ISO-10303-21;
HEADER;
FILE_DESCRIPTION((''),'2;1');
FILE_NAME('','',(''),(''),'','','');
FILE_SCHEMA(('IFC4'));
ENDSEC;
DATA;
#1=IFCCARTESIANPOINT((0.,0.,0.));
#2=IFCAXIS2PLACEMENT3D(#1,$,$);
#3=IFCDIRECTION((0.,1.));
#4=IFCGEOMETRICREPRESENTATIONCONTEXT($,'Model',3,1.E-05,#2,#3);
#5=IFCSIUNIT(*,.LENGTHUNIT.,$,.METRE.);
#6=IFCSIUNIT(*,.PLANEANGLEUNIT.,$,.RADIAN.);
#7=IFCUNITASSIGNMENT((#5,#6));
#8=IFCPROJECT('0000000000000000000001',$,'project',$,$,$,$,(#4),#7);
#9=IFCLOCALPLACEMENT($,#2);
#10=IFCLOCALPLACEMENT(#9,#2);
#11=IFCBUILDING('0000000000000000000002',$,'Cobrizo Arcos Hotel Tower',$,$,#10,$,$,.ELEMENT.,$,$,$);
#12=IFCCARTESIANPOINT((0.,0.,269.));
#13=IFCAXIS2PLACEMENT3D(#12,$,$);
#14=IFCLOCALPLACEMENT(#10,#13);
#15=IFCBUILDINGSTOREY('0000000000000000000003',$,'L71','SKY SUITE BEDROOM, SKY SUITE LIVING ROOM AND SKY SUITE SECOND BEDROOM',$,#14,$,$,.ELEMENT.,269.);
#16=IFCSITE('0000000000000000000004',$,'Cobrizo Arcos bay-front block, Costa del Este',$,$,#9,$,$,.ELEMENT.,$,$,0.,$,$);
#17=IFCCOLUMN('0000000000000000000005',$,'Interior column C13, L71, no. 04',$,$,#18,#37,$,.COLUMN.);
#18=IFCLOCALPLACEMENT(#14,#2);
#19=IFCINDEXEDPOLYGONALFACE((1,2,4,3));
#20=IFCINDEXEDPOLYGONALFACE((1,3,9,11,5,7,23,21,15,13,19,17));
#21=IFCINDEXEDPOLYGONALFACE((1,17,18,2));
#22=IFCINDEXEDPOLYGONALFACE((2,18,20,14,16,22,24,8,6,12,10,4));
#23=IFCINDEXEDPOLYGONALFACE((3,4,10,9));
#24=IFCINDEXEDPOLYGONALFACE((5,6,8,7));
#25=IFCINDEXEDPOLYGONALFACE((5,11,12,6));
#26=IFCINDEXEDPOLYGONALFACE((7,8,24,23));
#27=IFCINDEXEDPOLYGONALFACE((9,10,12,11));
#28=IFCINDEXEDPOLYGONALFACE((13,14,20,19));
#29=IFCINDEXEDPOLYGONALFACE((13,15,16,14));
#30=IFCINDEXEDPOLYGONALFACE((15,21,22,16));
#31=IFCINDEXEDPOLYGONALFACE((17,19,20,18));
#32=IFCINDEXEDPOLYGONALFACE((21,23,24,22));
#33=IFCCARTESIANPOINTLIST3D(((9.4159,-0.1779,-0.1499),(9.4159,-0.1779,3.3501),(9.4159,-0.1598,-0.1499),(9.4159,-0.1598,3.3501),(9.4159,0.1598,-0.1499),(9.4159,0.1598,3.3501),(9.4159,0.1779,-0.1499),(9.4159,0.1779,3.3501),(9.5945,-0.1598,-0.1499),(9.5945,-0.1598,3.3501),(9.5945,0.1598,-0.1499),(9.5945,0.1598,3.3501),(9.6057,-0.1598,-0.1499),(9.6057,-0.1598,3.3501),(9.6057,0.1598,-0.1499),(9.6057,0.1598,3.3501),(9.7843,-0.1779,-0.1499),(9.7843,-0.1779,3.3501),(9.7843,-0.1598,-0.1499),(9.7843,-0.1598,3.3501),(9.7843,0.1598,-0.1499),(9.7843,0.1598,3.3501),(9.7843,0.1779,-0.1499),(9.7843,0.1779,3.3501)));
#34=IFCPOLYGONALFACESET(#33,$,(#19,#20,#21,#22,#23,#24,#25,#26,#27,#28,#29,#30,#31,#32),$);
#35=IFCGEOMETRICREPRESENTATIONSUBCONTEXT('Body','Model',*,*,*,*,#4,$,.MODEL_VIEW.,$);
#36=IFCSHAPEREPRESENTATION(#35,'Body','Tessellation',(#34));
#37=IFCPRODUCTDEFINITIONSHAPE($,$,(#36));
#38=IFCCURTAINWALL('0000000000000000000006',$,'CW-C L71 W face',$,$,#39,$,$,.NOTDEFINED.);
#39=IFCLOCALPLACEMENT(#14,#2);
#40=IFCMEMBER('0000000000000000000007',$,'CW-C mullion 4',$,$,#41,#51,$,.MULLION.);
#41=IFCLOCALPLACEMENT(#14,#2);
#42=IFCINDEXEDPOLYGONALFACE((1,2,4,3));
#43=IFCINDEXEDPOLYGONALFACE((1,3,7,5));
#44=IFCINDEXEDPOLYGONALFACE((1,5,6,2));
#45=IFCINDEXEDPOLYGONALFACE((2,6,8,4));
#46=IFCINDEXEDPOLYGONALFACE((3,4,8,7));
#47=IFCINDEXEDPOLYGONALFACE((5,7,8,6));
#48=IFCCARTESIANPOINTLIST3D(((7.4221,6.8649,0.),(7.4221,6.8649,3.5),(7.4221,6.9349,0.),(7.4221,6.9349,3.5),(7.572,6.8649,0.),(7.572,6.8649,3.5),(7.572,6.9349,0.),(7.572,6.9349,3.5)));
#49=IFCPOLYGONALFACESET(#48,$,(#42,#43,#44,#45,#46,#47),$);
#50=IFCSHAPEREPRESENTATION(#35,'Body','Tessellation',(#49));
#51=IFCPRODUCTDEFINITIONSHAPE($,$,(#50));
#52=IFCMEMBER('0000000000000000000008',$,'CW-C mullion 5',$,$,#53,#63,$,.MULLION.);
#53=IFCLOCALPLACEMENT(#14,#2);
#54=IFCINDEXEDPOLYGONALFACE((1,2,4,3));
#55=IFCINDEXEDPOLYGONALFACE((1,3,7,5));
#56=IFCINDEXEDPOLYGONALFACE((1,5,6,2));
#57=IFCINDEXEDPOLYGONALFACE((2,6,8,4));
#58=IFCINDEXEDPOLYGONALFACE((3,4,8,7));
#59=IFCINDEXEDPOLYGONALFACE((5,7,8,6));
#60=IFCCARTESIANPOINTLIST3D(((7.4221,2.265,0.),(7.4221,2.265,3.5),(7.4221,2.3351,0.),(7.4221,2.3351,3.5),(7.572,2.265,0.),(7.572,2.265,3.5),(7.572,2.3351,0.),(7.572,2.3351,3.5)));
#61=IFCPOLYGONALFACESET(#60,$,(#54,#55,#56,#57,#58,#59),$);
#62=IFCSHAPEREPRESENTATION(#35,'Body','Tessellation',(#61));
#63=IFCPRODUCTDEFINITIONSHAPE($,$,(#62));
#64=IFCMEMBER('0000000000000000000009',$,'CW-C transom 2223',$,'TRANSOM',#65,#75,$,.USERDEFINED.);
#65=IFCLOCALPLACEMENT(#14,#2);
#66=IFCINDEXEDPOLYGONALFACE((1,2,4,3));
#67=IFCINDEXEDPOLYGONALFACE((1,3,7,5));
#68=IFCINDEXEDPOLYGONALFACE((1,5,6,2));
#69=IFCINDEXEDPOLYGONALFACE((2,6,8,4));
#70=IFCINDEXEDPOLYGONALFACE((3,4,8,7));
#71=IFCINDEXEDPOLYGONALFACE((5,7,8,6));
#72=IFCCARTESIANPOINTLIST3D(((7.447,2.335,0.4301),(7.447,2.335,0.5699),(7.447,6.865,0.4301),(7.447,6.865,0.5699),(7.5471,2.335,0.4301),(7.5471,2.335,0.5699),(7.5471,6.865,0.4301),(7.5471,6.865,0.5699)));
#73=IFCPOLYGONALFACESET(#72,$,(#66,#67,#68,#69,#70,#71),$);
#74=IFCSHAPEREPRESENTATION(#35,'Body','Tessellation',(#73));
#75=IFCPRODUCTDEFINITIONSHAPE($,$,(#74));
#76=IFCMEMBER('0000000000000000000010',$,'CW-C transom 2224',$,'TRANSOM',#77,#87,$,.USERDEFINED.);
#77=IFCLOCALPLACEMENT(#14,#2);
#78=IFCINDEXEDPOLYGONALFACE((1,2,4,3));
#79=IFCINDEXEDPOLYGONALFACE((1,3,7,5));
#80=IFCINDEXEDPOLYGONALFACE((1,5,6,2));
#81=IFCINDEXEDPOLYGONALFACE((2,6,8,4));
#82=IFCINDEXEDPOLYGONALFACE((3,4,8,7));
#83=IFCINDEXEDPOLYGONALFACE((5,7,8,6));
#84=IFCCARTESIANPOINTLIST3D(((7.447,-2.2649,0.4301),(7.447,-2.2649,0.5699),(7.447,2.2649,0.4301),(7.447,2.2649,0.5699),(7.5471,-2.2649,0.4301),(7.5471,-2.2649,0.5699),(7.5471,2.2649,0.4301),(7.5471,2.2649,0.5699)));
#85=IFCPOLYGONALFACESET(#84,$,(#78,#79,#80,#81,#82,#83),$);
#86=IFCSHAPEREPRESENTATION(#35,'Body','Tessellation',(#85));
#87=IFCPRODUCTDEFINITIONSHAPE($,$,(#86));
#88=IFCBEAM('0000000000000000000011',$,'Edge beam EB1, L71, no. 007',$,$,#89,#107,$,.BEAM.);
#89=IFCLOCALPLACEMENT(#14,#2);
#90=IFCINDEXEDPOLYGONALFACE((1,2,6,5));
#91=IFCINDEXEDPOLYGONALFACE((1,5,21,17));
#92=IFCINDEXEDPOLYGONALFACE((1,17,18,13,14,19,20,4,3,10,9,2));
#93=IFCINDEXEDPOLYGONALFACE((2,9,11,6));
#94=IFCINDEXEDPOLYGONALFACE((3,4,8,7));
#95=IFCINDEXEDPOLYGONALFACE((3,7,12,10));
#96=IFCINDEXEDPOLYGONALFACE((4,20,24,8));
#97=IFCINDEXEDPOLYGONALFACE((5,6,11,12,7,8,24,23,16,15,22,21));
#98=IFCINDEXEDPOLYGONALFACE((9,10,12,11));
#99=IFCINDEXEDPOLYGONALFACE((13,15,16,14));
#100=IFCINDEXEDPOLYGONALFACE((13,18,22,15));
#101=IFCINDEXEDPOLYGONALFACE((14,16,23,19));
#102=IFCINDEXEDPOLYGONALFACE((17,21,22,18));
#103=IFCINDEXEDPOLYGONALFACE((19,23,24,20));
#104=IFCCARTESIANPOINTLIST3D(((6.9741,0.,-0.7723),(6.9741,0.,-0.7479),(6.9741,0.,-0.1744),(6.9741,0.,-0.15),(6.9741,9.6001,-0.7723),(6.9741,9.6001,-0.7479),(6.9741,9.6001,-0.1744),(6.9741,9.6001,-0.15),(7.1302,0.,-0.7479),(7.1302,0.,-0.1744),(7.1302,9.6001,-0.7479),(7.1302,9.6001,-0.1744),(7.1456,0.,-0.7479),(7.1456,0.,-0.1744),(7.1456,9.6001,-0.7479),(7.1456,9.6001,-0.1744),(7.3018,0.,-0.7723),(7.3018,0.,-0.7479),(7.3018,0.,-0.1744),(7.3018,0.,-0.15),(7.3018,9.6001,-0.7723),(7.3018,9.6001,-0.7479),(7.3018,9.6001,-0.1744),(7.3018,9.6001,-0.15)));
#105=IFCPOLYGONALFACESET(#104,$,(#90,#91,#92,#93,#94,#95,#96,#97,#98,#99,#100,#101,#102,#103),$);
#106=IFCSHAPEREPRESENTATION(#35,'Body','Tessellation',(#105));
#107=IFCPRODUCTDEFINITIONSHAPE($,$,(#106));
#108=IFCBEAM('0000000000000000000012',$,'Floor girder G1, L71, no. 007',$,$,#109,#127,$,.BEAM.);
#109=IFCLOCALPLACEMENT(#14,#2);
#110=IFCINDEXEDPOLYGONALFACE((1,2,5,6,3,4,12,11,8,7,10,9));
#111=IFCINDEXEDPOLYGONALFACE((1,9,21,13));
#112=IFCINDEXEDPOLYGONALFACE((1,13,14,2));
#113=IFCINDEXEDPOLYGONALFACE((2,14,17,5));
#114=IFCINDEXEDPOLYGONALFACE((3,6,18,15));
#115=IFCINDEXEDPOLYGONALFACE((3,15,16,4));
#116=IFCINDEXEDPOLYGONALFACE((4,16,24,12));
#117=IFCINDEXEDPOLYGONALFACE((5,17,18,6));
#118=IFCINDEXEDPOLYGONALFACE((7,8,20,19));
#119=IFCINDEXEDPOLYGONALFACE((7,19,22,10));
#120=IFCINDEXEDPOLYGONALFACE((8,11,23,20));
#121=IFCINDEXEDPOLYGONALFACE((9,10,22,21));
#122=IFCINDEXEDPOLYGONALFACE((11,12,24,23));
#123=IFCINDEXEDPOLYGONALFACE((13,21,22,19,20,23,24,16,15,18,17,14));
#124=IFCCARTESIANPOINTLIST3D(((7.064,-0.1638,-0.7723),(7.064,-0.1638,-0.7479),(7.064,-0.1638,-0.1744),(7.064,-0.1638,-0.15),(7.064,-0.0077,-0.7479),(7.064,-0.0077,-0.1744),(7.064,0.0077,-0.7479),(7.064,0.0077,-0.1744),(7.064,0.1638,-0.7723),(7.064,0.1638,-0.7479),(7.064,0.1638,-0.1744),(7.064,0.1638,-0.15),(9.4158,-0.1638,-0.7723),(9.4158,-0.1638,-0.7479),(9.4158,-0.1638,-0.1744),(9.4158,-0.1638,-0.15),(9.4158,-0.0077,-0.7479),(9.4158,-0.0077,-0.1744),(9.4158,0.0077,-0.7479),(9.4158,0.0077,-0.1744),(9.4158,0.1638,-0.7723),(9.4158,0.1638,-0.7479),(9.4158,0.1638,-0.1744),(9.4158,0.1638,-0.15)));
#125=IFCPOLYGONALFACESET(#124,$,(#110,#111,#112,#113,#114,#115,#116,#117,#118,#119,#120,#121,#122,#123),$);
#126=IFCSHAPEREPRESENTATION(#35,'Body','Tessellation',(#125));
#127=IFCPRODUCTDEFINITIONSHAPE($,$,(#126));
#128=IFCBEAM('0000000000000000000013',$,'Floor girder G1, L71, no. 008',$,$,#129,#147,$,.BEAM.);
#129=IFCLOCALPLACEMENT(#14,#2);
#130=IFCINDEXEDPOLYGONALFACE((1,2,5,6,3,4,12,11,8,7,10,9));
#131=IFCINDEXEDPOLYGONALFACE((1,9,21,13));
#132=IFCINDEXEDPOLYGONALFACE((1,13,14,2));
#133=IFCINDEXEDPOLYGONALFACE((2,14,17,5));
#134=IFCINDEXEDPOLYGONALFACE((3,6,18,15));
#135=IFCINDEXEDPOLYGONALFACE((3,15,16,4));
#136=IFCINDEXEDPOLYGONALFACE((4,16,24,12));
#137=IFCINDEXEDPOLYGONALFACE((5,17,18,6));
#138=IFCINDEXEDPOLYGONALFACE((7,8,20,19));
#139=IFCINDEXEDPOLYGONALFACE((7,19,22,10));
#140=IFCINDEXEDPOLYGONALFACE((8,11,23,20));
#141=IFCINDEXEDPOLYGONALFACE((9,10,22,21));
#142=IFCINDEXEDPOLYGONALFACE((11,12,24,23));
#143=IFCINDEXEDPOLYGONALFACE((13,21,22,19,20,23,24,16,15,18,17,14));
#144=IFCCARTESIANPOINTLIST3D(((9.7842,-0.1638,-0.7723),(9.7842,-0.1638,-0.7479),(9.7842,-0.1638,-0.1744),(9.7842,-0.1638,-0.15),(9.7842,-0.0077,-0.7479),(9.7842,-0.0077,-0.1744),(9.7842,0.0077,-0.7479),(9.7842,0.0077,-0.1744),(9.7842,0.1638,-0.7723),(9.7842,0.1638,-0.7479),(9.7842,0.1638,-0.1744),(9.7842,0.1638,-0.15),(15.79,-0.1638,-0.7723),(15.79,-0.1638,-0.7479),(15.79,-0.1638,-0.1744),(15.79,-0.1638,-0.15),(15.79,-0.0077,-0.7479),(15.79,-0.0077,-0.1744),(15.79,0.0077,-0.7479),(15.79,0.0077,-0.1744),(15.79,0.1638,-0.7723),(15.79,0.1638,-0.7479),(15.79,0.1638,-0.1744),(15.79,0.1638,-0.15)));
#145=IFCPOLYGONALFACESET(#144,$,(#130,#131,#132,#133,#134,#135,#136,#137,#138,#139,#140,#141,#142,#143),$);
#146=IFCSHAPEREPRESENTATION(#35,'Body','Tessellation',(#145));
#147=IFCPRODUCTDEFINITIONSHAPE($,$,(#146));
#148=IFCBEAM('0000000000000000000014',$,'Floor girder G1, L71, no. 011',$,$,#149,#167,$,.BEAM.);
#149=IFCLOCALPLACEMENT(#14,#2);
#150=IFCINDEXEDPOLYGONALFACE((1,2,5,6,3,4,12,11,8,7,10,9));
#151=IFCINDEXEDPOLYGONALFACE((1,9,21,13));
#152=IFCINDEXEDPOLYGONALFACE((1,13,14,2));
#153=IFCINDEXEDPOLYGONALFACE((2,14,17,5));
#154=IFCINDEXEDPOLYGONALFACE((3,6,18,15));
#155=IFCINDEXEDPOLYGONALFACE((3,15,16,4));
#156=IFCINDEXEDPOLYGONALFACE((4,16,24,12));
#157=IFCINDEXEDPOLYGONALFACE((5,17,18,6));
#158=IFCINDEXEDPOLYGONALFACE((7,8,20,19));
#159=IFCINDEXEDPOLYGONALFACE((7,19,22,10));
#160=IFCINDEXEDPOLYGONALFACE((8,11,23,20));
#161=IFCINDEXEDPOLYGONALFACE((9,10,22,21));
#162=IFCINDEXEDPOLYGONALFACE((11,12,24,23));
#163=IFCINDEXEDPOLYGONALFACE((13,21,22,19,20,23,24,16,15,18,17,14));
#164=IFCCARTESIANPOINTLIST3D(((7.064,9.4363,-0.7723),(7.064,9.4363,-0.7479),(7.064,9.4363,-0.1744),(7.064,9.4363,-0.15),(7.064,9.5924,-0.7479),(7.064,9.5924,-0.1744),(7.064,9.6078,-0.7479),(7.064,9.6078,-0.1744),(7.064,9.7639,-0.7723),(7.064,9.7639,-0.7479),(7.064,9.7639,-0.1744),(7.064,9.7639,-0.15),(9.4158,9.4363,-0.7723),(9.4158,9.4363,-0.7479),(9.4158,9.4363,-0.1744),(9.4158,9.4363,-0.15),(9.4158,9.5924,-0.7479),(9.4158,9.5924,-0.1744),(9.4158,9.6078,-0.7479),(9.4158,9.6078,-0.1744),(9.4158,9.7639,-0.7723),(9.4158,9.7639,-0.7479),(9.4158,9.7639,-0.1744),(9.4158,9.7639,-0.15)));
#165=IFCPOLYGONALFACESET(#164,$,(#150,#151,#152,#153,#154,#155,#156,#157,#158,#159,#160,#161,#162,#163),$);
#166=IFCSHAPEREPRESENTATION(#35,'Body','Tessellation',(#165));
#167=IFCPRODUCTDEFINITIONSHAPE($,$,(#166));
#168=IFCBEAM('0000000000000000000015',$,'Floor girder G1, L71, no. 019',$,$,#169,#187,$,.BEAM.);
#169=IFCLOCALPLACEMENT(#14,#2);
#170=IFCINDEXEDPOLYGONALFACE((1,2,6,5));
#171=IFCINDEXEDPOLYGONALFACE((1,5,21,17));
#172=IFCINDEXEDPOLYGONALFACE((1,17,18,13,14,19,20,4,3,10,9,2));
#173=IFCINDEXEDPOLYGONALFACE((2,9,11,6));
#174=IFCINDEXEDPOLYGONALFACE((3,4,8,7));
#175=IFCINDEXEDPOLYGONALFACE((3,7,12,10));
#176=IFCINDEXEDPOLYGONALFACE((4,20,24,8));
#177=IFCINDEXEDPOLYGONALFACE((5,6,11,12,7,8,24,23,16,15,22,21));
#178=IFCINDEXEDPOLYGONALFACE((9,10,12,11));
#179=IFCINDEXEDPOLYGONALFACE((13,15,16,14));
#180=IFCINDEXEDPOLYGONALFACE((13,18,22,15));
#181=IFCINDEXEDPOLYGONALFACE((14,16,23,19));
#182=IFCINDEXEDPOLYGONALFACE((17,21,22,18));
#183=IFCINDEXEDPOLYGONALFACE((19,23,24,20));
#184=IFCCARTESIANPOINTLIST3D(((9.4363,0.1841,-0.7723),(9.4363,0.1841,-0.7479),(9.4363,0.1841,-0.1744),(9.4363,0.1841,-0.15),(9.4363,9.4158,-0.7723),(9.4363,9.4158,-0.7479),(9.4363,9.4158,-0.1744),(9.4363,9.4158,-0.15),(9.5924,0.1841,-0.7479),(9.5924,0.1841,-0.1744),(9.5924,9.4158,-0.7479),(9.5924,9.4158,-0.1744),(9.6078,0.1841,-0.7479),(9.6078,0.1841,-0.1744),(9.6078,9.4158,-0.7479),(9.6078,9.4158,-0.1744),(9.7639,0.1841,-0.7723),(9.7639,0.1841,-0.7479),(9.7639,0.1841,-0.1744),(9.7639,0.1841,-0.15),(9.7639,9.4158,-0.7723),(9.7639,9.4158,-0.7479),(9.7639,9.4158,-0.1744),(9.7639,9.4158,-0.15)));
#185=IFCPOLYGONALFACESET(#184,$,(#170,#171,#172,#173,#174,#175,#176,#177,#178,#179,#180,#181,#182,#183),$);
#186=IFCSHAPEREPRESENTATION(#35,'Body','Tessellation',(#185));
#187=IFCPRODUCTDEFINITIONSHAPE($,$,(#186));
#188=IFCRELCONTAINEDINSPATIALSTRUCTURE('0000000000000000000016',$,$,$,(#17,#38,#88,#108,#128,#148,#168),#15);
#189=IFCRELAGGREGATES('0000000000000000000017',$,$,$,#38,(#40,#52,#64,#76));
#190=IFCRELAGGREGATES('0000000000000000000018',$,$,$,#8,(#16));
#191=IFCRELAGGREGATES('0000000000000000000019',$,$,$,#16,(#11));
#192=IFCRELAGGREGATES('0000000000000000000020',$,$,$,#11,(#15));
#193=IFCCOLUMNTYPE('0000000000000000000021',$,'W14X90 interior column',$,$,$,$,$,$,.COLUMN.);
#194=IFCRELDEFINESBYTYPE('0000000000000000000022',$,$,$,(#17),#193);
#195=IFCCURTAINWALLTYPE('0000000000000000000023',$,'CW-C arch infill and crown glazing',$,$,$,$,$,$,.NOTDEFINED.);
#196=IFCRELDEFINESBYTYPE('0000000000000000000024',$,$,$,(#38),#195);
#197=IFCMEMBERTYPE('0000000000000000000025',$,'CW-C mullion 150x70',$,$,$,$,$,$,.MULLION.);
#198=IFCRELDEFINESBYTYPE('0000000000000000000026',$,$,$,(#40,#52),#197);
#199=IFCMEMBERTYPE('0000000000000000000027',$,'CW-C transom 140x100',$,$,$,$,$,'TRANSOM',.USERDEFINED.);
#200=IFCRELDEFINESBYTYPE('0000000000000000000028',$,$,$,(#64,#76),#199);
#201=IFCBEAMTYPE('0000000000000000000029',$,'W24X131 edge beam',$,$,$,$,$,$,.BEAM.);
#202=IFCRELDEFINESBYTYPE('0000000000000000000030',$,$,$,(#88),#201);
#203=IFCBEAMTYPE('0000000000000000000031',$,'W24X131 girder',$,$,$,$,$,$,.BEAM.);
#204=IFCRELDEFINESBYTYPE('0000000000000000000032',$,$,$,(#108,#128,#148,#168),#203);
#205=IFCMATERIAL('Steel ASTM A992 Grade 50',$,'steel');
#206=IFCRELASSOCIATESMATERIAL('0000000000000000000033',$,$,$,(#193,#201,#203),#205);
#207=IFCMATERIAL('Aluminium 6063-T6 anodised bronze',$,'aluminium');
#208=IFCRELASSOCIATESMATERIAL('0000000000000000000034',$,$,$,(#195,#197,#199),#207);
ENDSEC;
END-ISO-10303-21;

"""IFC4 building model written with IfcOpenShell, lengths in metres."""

from ifc_helpers import new_model, si_unit, direction, frame, origin, origin_2d, place, context, subcontext, project, spatial, rectangle, i_section, extrude, material, material_profile, profile_set, type_object, element, aggregate, save


model = new_model("IFC4")

# Units and contexts
model_context = context("Model", 3, precision=1e-05, world=origin(), true_north=direction((0.0, 1.0)))
body_context = subcontext(model_context, "Body", "Model", "MODEL_VIEW")
ifc_project = project(units=[si_unit("LENGTHUNIT", "METRE"), si_unit("PLANEANGLEUNIT", "RADIAN")], contexts=[model_context])

# Site, building, storey
site_placement = place(None, origin())
site = spatial("IfcSite", under=ifc_project, at=site_placement, Name="Cobrizo Arcos bay-front block, Costa del Este", CompositionType="ELEMENT", RefElevation=0.0)
building_placement = place(site_placement, origin())
building = spatial("IfcBuilding", under=site, at=building_placement, Name="Cobrizo Arcos Hotel Tower", CompositionType="ELEMENT")
storey_placement = place(building_placement, frame((0.0, 0.0, 269.0)))
storey = spatial("IfcBuildingStorey", under=building, at=storey_placement, Name="L71", Description="SKY SUITE BEDROOM, SKY SUITE LIVING ROOM AND SKY SUITE SECOND BEDROOM", CompositionType="ELEMENT", Elevation=269.0)

# Column
ifc_material_1 = material(Name="Steel ASTM A992 Grade 50", Category="steel")
ifc_material_profile_1 = material_profile(ifc_material_1, i_section(OverallWidth=0.3684, OverallDepth=0.3557, WebThickness=0.0112, FlangeThickness=0.0181, at=origin_2d()), Name="W14X90")
ifc_profile_set_1 = profile_set([ifc_material_profile_1], Name="Steel ASTM A992 Grade 50")
column_type_1 = type_object("IfcColumnType", Name="W14X90 interior column", PredefinedType="COLUMN", material=ifc_profile_set_1)
column_placement = place(storey_placement, frame((9.6001, 0.0, -0.1499), z_axis=(0.0, 0.0, 1.0), x_axis=(1.0, 0.0, 0.0)))
element("IfcColumn", 1, at=column_placement, inside=storey, type_object=column_type_1, Name="Interior column C13, L71, no. 04", PredefinedType="COLUMN", context=body_context, shape_type="SweptSolid", body=[
    extrude(i_section(OverallWidth=0.3684, OverallDepth=0.3557, WebThickness=0.0112, FlangeThickness=0.0181, at=origin_2d()), origin(), (0.0, 0.0, 1.0), 3.5),
])

# Curtain wall, members
ifc_material_2 = material(Name="Aluminium 6063-T6 anodised bronze", Category="aluminium")
curtain_wall_type = type_object("IfcCurtainWallType", Name="CW-C arch infill and crown glazing", PredefinedType="NOTDEFINED", material=ifc_material_2)
curtain_wall_placement = place(storey_placement, origin())
curtain_wall = element("IfcCurtainWall", 2, at=curtain_wall_placement, inside=storey, type_object=curtain_wall_type, Name="CW-C L71 W face", PredefinedType="NOTDEFINED")
ifc_material_profile_2 = material_profile(ifc_material_2, rectangle(XDim=0.1499, YDim=0.0701, at=origin_2d()), Name="CW-C mullion 150x70")
ifc_profile_set_2 = profile_set([ifc_material_profile_2], Name="Aluminium 6063-T6 anodised bronze")
member_type_1 = type_object("IfcMemberType", Name="CW-C mullion 150x70", PredefinedType="MULLION", material=ifc_profile_set_2)
member_1_placement = place(storey_placement, frame((7.4971, 6.8999, 0.0), z_axis=(0.0, 0.0, 1.0), x_axis=(-1.0, 0.0, 0.0)))
member_1 = element("IfcMember", 3, at=member_1_placement, type_object=member_type_1, Name="CW-C mullion 4", PredefinedType="MULLION", context=body_context, shape_type="SweptSolid", body=[
    extrude(rectangle(XDim=0.1499, YDim=0.0701, at=origin_2d()), origin(), (0.0, 0.0, 1.0), 3.5),
])
member_2_placement = place(storey_placement, frame((7.4971, 2.3, 0.0), z_axis=(0.0, 0.0, 1.0), x_axis=(-1.0, 0.0, 0.0)))
member_2 = element("IfcMember", 4, at=member_2_placement, type_object=member_type_1, Name="CW-C mullion 5", PredefinedType="MULLION", context=body_context, shape_type="SweptSolid", body=[
    extrude(rectangle(XDim=0.1499, YDim=0.0701, at=origin_2d()), origin(), (0.0, 0.0, 1.0), 3.5),
])
ifc_material_profile_3 = material_profile(ifc_material_2, rectangle(XDim=0.1001, YDim=0.1399, at=origin_2d()), Name="CW-C transom 140x100")
ifc_profile_set_3 = profile_set([ifc_material_profile_3], Name="Aluminium 6063-T6 anodised bronze")
member_type_2 = type_object("IfcMemberType", Name="CW-C transom 140x100", ElementType="TRANSOM", PredefinedType="USERDEFINED", material=ifc_profile_set_3)
member_3_placement = place(storey_placement, frame((7.4971, 6.865, 0.5), z_axis=(0.0, -1.0, 0.0), x_axis=(1.0, 0.0, 0.0)))
member_3 = element("IfcMember", 5, at=member_3_placement, type_object=member_type_2, Name="CW-C transom 2223", ObjectType="TRANSOM", PredefinedType="USERDEFINED", context=body_context, shape_type="SweptSolid", body=[
    extrude(rectangle(XDim=0.1001, YDim=0.1399, at=origin_2d()), origin(), (0.0, 0.0, 1.0), 4.53),
])
member_4_placement = place(storey_placement, frame((7.4971, 2.2649, 0.5), z_axis=(0.0, -1.0, 0.0), x_axis=(1.0, 0.0, 0.0)))
member_4 = element("IfcMember", 6, at=member_4_placement, type_object=member_type_2, Name="CW-C transom 2224", ObjectType="TRANSOM", PredefinedType="USERDEFINED", context=body_context, shape_type="SweptSolid", body=[
    extrude(rectangle(XDim=0.1001, YDim=0.1399, at=origin_2d()), origin(), (0.0, 0.0, 1.0), 4.5298),
])

# Beams
ifc_material_profile_4 = material_profile(ifc_material_1, i_section(OverallWidth=0.3276, OverallDepth=0.6223, WebThickness=0.0154, FlangeThickness=0.0244, at=origin_2d()), Name="W24X131")
ifc_profile_set_4 = profile_set([ifc_material_profile_4], Name="Steel ASTM A992 Grade 50")
beam_type_1 = type_object("IfcBeamType", Name="W24X131 edge beam", PredefinedType="BEAM", material=ifc_profile_set_4)
beam_1_placement = place(storey_placement, frame((7.1379, 0.0, -0.4612), z_axis=(0.0, 1.0, 0.0), x_axis=(-1.0, 0.0, 0.0)))
element("IfcBeam", 7, at=beam_1_placement, inside=storey, type_object=beam_type_1, Name="Edge beam EB1, L71, no. 007", PredefinedType="BEAM", context=body_context, shape_type="SweptSolid", body=[
    extrude(i_section(OverallWidth=0.3276, OverallDepth=0.6223, WebThickness=0.0154, FlangeThickness=0.0244, at=origin_2d()), origin(), (0.0, 0.0, 1.0), 9.6001),
])
ifc_material_profile_5 = material_profile(ifc_material_1, i_section(OverallWidth=0.3276, OverallDepth=0.6223, WebThickness=0.0154, FlangeThickness=0.0244, at=origin_2d()), Name="W24X131")
ifc_profile_set_5 = profile_set([ifc_material_profile_5], Name="Steel ASTM A992 Grade 50")
beam_type_2 = type_object("IfcBeamType", Name="W24X131 girder", PredefinedType="BEAM", material=ifc_profile_set_5)
beam_2_placement = place(storey_placement, frame((7.064, 0.0, -0.4612), z_axis=(1.0, 0.0, 0.0), x_axis=(0.0, 1.0, 0.0)))
element("IfcBeam", 8, at=beam_2_placement, inside=storey, type_object=beam_type_2, Name="Floor girder G1, L71, no. 007", PredefinedType="BEAM", context=body_context, shape_type="SweptSolid", body=[
    extrude(i_section(OverallWidth=0.3276, OverallDepth=0.6223, WebThickness=0.0154, FlangeThickness=0.0244, at=origin_2d()), origin(), (0.0, 0.0, 1.0), 2.3518),
])
beam_3_placement = place(storey_placement, frame((9.7842, 0.0, -0.4612), z_axis=(1.0, 0.0, 0.0), x_axis=(0.0, 1.0, 0.0)))
element("IfcBeam", 9, at=beam_3_placement, inside=storey, type_object=beam_type_2, Name="Floor girder G1, L71, no. 008", PredefinedType="BEAM", context=body_context, shape_type="SweptSolid", body=[
    extrude(i_section(OverallWidth=0.3276, OverallDepth=0.6223, WebThickness=0.0154, FlangeThickness=0.0244, at=origin_2d()), origin(), (0.0, 0.0, 1.0), 6.0059),
])
beam_4_placement = place(storey_placement, frame((7.064, 9.6001, -0.4612), z_axis=(1.0, 0.0, 0.0), x_axis=(0.0, 1.0, 0.0)))
element("IfcBeam", 10, at=beam_4_placement, inside=storey, type_object=beam_type_2, Name="Floor girder G1, L71, no. 011", PredefinedType="BEAM", context=body_context, shape_type="SweptSolid", body=[
    extrude(i_section(OverallWidth=0.3276, OverallDepth=0.6223, WebThickness=0.0154, FlangeThickness=0.0244, at=origin_2d()), origin(), (0.0, 0.0, 1.0), 2.3518),
])
beam_5_placement = place(storey_placement, frame((9.6001, 0.1841, -0.4612), z_axis=(0.0, 1.0, 0.0), x_axis=(-1.0, 0.0, 0.0)))
element("IfcBeam", 11, at=beam_5_placement, inside=storey, type_object=beam_type_2, Name="Floor girder G1, L71, no. 019", PredefinedType="BEAM", context=body_context, shape_type="SweptSolid", body=[
    extrude(i_section(OverallWidth=0.3276, OverallDepth=0.6223, WebThickness=0.0154, FlangeThickness=0.0244, at=origin_2d()), origin(), (0.0, 0.0, 1.0), 9.2317),
])

aggregate(curtain_wall, [member_1, member_2, member_3, member_4])

save(model, "model.ifc")
